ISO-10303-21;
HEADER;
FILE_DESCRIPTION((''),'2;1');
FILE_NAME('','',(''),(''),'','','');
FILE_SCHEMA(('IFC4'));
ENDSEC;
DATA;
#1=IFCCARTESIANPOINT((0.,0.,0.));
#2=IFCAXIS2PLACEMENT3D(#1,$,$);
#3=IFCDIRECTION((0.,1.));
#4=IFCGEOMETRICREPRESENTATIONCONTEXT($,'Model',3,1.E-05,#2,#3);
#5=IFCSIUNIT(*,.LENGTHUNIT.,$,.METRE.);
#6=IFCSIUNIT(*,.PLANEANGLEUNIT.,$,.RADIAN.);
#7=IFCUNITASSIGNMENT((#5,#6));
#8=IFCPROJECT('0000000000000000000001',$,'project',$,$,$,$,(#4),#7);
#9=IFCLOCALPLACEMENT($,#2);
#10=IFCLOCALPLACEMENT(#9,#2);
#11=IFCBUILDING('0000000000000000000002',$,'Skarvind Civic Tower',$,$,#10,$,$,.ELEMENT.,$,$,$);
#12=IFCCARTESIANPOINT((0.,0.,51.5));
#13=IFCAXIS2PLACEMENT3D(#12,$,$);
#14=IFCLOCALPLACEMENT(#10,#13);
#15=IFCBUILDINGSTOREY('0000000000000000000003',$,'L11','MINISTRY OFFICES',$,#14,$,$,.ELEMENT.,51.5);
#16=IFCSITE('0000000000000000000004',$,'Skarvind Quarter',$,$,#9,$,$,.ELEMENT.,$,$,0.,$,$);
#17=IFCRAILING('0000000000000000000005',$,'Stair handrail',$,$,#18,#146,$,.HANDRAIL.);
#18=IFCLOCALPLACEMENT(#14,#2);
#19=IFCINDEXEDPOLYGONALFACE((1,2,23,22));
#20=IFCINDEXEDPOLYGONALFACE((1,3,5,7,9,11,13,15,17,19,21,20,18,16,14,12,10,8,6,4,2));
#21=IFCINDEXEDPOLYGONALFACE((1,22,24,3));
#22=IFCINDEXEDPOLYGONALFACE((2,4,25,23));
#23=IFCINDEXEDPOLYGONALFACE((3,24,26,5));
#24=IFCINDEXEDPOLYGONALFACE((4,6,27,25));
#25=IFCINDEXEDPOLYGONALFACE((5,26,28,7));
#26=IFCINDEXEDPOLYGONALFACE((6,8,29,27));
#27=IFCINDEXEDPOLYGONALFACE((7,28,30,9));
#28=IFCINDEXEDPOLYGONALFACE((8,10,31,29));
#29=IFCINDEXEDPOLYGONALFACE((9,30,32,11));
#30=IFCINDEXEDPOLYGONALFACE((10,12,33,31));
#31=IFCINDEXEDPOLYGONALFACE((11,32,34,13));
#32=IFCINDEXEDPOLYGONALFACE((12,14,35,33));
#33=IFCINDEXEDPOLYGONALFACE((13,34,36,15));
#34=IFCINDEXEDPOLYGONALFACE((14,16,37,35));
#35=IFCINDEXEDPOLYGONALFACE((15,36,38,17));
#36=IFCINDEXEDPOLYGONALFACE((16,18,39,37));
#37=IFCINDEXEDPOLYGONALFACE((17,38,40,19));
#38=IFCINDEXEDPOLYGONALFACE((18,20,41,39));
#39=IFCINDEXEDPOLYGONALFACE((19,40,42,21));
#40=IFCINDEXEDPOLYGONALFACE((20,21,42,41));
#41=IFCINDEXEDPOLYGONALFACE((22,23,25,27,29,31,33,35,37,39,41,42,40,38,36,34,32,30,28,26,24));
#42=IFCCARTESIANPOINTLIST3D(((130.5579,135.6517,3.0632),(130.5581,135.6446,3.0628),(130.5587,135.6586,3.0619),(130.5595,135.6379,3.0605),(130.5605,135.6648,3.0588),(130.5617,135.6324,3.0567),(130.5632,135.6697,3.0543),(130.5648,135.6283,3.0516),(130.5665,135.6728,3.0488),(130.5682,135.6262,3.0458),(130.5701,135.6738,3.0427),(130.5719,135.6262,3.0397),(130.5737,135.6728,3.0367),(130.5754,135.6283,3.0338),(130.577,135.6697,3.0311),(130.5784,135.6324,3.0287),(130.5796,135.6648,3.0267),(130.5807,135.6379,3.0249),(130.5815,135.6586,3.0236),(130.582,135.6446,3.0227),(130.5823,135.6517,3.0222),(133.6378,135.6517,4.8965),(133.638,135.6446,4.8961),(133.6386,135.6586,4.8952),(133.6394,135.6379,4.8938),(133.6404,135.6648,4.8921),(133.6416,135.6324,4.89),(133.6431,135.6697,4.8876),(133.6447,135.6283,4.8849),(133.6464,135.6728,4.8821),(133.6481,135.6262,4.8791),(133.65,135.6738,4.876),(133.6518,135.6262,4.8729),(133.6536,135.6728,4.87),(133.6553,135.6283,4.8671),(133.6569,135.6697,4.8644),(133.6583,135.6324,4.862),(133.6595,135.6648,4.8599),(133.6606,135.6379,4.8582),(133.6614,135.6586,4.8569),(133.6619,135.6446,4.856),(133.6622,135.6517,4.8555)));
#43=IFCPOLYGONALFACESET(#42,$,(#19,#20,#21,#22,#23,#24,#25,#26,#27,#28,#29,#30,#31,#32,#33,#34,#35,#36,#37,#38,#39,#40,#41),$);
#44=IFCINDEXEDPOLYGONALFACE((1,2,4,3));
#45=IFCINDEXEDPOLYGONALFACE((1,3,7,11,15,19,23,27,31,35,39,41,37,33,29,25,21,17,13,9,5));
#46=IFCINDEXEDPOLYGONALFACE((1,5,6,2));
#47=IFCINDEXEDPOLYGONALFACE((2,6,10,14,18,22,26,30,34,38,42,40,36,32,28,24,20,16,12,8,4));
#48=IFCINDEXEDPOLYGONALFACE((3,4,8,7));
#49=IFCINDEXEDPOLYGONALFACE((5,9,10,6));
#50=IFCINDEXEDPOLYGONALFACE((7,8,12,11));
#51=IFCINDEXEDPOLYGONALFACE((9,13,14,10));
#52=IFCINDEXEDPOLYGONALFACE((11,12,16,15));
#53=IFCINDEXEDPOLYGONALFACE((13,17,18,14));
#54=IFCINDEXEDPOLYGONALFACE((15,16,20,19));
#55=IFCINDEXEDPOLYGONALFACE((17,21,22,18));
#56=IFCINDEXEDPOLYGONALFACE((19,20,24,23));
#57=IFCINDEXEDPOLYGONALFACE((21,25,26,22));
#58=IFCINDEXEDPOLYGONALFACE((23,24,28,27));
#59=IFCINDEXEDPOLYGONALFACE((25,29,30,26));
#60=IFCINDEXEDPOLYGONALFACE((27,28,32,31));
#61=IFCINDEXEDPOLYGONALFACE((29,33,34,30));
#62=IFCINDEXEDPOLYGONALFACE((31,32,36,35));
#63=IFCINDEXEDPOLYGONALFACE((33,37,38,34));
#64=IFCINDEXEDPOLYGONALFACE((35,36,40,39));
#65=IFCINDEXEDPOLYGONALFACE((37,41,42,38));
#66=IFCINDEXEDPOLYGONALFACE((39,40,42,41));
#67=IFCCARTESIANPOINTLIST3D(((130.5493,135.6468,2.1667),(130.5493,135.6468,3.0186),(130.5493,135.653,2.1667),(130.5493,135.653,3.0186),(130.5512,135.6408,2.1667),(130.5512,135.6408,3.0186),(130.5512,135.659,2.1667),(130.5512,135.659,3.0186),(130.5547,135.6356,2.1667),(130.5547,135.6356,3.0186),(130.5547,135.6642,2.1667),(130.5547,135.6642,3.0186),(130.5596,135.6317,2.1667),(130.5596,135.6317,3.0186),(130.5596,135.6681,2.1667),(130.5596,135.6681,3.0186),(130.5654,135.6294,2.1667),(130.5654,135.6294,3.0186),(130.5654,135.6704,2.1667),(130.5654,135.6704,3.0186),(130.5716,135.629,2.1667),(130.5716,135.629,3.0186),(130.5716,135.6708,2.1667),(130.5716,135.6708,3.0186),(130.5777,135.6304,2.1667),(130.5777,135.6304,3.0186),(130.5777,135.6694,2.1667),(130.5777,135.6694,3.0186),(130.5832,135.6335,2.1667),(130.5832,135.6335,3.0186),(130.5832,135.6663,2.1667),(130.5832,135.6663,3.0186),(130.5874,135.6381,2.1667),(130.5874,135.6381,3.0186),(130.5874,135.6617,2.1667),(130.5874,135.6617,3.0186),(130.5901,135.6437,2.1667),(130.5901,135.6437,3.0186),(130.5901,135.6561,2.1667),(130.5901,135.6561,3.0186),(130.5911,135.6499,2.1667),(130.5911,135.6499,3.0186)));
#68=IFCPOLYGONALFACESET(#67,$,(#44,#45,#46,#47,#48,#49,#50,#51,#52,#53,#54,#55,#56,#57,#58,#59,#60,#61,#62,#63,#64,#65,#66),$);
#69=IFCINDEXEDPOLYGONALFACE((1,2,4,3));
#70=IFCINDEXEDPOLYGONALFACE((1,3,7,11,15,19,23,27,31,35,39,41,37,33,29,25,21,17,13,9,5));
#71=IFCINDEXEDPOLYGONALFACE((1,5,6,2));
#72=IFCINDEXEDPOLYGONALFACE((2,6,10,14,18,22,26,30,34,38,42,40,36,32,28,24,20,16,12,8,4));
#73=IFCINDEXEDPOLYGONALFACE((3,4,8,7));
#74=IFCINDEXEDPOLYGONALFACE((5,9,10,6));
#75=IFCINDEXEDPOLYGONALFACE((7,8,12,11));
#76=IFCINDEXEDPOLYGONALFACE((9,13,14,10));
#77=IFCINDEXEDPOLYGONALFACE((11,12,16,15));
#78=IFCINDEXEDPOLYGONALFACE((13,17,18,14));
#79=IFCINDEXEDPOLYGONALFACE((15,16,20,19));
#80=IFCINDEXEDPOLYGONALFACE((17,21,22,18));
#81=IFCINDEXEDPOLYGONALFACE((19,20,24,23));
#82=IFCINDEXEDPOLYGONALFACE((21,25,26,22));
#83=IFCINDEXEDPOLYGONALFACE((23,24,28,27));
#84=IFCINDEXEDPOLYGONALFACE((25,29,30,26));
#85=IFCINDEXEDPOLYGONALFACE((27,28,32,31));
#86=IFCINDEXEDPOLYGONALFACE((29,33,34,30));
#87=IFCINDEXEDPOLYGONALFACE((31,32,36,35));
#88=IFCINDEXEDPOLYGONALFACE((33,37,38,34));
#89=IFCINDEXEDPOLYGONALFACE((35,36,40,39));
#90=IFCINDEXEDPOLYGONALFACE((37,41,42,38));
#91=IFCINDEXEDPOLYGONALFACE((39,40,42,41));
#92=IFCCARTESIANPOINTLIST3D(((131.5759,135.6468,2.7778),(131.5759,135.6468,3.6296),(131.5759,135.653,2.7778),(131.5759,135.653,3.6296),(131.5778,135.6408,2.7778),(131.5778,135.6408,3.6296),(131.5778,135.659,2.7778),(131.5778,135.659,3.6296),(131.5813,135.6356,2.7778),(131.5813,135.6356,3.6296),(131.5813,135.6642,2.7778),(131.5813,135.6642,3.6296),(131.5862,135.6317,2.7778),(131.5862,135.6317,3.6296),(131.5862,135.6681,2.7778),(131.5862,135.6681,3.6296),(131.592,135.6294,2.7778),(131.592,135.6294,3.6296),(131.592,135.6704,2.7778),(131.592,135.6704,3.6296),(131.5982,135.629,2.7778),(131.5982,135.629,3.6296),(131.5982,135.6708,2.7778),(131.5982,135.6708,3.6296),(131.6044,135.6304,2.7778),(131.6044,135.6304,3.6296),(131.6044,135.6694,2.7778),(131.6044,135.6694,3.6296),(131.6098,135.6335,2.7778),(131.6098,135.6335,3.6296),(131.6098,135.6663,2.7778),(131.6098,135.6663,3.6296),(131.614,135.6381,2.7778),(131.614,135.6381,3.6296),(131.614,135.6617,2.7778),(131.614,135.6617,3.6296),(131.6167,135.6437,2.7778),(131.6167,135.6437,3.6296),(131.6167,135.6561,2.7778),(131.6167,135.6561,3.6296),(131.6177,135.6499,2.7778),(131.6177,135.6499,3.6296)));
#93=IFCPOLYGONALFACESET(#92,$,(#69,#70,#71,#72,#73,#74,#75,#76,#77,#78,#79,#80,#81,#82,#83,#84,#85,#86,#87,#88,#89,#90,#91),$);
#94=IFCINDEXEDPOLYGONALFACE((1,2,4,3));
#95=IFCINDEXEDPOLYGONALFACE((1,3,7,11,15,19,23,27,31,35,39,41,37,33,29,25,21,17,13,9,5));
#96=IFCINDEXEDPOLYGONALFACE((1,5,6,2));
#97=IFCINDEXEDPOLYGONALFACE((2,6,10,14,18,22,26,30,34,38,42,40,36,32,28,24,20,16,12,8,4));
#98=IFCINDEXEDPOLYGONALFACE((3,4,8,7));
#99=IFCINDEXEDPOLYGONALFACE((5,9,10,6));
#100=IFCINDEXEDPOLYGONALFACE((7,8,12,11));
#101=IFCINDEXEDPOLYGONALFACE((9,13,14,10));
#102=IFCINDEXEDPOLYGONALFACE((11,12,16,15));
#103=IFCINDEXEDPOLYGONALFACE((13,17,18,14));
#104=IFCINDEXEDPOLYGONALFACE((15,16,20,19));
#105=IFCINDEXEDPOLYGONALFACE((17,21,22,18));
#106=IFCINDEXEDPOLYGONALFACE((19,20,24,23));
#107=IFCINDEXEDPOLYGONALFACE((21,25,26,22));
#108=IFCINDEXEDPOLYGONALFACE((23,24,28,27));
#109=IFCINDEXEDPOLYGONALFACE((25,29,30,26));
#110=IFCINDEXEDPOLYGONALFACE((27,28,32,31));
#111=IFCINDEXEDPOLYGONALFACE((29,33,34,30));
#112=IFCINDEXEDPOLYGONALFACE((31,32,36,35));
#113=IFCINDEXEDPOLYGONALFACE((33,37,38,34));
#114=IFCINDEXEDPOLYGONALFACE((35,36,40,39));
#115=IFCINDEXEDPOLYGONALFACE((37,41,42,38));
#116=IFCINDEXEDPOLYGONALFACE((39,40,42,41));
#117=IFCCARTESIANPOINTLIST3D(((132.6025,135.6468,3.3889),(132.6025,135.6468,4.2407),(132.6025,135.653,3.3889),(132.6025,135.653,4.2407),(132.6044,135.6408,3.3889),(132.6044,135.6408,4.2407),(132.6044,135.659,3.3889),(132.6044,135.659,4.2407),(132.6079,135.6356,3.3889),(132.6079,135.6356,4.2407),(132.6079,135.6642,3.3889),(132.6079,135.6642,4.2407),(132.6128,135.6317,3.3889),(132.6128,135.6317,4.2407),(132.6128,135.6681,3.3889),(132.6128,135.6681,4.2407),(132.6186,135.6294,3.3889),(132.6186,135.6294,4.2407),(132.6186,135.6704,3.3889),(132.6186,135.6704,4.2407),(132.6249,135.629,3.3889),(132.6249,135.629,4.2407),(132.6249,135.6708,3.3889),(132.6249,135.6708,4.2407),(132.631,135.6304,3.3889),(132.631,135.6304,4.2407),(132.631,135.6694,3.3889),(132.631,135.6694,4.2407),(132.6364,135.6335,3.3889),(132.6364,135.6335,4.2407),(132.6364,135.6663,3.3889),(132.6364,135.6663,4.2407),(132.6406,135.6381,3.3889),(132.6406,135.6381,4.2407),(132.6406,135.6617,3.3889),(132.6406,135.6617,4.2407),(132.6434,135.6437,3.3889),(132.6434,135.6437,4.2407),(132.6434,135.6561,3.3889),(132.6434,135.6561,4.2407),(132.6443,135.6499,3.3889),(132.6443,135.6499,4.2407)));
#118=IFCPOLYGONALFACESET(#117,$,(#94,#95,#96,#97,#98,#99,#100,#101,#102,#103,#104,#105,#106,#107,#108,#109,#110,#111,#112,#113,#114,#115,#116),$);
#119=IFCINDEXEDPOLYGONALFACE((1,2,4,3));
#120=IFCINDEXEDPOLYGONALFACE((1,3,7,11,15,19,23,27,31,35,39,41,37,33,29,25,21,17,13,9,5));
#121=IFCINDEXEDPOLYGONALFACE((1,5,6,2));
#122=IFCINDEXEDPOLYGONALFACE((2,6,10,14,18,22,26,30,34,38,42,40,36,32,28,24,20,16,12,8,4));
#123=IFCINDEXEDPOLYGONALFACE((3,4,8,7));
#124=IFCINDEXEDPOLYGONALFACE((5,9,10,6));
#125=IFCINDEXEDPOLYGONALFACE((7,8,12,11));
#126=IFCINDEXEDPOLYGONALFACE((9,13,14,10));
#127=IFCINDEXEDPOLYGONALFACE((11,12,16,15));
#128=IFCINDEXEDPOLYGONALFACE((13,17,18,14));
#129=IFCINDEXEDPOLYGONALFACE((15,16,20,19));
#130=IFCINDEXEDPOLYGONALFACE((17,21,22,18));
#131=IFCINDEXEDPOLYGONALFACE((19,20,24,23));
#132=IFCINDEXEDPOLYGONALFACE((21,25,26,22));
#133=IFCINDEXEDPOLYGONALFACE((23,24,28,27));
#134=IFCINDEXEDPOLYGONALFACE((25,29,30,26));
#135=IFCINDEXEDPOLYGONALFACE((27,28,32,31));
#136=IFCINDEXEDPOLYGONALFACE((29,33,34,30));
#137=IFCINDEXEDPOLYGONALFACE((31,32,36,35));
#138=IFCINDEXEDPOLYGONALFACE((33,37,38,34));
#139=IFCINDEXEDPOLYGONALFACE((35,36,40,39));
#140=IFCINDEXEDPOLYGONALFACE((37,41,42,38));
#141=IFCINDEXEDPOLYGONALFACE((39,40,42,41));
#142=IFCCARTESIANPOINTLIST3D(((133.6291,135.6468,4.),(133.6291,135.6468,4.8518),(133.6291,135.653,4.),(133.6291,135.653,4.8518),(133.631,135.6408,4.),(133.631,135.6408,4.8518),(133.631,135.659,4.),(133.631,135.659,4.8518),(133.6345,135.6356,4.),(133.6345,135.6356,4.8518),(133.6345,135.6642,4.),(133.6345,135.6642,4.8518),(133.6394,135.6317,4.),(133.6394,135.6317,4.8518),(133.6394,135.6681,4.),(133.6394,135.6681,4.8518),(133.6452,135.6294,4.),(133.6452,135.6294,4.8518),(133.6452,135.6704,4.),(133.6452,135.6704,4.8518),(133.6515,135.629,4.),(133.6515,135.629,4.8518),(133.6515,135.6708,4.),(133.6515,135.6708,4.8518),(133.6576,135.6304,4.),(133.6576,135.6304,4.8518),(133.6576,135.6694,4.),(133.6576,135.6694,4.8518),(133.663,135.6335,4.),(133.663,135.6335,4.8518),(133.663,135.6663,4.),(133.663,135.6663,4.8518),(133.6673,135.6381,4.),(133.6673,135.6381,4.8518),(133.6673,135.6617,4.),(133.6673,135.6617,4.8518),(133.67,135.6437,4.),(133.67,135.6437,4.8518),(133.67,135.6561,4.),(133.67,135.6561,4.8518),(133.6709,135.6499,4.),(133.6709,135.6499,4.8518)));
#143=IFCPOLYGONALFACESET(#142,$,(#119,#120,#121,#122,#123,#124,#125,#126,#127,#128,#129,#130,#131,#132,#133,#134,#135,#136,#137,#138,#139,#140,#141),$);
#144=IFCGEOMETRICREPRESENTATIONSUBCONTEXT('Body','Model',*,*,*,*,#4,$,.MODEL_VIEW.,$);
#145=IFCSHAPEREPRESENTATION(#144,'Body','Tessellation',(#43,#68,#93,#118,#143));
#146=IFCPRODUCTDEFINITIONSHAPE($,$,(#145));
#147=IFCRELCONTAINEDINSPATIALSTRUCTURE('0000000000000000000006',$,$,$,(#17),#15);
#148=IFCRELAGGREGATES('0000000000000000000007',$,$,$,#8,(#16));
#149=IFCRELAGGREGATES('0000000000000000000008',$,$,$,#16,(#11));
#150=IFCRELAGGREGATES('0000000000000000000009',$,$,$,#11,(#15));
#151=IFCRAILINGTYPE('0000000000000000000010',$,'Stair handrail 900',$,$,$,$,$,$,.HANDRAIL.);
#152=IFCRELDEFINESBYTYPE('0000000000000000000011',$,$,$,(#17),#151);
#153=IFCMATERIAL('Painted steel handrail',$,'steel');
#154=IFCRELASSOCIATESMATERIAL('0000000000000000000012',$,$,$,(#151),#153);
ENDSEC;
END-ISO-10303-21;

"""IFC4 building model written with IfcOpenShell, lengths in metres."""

from ifc_helpers import new_model, si_unit, direction, frame, origin, origin_2d, place, context, subcontext, project, spatial, circle, extrude, material, type_object, element, save


model = new_model("IFC4")

# Units and contexts
model_context = context("Model", 3, precision=1e-05, world=origin(), true_north=direction((0.0, 1.0)))
body_context = subcontext(model_context, "Body", "Model", "MODEL_VIEW")
ifc_project = project(units=[si_unit("LENGTHUNIT", "METRE"), si_unit("PLANEANGLEUNIT", "RADIAN")], contexts=[model_context])

# Site, building, storey
site_placement = place(None, origin())
site = spatial("IfcSite", under=ifc_project, at=site_placement, Name="Skarvind Quarter", CompositionType="ELEMENT", RefElevation=0.0)
building_placement = place(site_placement, origin())
building = spatial("IfcBuilding", under=site, at=building_placement, Name="Skarvind Civic Tower", CompositionType="ELEMENT")
storey_placement = place(building_placement, frame((0.0, 0.0, 51.5)))
storey = spatial("IfcBuildingStorey", under=building, at=storey_placement, Name="L11", Description="MINISTRY OFFICES", CompositionType="ELEMENT", Elevation=51.5)

# Railing
ifc_material_1 = material(Name="Painted steel handrail", Category="steel")
railing_type = type_object("IfcRailingType", Name="Stair handrail 900", PredefinedType="HANDRAIL", material=ifc_material_1)
railing_1_placement = place(storey_placement, frame((130.5701, 135.6499, 2.1667)))
element("IfcRailing", 1, at=railing_1_placement, inside=storey, type_object=railing_type, Name="Stair handrail", PredefinedType="HANDRAIL", context=body_context, shape_type="SweptSolid", body=[
    extrude(circle(Radius=0.0239, at=origin_2d()), frame((0.0, 0.0, 0.876), z_axis=(0.859291, 0.0, 0.511487), x_axis=(0.0, 1.0, 0.0)), (0.0, 0.0, 1.0), 3.5842),
    extrude(circle(Radius=0.021, at=origin_2d()), origin(), (0.0, 0.0, 1.0), 0.8518),
    extrude(circle(Radius=0.021, at=origin_2d()), frame((1.0266, 0.0, 0.6111)), (0.0, 0.0, 1.0), 0.8518),
    extrude(circle(Radius=0.021, at=origin_2d()), frame((2.0532, 0.0, 1.2222)), (0.0, 0.0, 1.0), 0.8518),
    extrude(circle(Radius=0.021, at=origin_2d()), frame((3.0798, 0.0, 1.8333)), (0.0, 0.0, 1.0), 0.8518),
])

save(model, "model.ifc")
